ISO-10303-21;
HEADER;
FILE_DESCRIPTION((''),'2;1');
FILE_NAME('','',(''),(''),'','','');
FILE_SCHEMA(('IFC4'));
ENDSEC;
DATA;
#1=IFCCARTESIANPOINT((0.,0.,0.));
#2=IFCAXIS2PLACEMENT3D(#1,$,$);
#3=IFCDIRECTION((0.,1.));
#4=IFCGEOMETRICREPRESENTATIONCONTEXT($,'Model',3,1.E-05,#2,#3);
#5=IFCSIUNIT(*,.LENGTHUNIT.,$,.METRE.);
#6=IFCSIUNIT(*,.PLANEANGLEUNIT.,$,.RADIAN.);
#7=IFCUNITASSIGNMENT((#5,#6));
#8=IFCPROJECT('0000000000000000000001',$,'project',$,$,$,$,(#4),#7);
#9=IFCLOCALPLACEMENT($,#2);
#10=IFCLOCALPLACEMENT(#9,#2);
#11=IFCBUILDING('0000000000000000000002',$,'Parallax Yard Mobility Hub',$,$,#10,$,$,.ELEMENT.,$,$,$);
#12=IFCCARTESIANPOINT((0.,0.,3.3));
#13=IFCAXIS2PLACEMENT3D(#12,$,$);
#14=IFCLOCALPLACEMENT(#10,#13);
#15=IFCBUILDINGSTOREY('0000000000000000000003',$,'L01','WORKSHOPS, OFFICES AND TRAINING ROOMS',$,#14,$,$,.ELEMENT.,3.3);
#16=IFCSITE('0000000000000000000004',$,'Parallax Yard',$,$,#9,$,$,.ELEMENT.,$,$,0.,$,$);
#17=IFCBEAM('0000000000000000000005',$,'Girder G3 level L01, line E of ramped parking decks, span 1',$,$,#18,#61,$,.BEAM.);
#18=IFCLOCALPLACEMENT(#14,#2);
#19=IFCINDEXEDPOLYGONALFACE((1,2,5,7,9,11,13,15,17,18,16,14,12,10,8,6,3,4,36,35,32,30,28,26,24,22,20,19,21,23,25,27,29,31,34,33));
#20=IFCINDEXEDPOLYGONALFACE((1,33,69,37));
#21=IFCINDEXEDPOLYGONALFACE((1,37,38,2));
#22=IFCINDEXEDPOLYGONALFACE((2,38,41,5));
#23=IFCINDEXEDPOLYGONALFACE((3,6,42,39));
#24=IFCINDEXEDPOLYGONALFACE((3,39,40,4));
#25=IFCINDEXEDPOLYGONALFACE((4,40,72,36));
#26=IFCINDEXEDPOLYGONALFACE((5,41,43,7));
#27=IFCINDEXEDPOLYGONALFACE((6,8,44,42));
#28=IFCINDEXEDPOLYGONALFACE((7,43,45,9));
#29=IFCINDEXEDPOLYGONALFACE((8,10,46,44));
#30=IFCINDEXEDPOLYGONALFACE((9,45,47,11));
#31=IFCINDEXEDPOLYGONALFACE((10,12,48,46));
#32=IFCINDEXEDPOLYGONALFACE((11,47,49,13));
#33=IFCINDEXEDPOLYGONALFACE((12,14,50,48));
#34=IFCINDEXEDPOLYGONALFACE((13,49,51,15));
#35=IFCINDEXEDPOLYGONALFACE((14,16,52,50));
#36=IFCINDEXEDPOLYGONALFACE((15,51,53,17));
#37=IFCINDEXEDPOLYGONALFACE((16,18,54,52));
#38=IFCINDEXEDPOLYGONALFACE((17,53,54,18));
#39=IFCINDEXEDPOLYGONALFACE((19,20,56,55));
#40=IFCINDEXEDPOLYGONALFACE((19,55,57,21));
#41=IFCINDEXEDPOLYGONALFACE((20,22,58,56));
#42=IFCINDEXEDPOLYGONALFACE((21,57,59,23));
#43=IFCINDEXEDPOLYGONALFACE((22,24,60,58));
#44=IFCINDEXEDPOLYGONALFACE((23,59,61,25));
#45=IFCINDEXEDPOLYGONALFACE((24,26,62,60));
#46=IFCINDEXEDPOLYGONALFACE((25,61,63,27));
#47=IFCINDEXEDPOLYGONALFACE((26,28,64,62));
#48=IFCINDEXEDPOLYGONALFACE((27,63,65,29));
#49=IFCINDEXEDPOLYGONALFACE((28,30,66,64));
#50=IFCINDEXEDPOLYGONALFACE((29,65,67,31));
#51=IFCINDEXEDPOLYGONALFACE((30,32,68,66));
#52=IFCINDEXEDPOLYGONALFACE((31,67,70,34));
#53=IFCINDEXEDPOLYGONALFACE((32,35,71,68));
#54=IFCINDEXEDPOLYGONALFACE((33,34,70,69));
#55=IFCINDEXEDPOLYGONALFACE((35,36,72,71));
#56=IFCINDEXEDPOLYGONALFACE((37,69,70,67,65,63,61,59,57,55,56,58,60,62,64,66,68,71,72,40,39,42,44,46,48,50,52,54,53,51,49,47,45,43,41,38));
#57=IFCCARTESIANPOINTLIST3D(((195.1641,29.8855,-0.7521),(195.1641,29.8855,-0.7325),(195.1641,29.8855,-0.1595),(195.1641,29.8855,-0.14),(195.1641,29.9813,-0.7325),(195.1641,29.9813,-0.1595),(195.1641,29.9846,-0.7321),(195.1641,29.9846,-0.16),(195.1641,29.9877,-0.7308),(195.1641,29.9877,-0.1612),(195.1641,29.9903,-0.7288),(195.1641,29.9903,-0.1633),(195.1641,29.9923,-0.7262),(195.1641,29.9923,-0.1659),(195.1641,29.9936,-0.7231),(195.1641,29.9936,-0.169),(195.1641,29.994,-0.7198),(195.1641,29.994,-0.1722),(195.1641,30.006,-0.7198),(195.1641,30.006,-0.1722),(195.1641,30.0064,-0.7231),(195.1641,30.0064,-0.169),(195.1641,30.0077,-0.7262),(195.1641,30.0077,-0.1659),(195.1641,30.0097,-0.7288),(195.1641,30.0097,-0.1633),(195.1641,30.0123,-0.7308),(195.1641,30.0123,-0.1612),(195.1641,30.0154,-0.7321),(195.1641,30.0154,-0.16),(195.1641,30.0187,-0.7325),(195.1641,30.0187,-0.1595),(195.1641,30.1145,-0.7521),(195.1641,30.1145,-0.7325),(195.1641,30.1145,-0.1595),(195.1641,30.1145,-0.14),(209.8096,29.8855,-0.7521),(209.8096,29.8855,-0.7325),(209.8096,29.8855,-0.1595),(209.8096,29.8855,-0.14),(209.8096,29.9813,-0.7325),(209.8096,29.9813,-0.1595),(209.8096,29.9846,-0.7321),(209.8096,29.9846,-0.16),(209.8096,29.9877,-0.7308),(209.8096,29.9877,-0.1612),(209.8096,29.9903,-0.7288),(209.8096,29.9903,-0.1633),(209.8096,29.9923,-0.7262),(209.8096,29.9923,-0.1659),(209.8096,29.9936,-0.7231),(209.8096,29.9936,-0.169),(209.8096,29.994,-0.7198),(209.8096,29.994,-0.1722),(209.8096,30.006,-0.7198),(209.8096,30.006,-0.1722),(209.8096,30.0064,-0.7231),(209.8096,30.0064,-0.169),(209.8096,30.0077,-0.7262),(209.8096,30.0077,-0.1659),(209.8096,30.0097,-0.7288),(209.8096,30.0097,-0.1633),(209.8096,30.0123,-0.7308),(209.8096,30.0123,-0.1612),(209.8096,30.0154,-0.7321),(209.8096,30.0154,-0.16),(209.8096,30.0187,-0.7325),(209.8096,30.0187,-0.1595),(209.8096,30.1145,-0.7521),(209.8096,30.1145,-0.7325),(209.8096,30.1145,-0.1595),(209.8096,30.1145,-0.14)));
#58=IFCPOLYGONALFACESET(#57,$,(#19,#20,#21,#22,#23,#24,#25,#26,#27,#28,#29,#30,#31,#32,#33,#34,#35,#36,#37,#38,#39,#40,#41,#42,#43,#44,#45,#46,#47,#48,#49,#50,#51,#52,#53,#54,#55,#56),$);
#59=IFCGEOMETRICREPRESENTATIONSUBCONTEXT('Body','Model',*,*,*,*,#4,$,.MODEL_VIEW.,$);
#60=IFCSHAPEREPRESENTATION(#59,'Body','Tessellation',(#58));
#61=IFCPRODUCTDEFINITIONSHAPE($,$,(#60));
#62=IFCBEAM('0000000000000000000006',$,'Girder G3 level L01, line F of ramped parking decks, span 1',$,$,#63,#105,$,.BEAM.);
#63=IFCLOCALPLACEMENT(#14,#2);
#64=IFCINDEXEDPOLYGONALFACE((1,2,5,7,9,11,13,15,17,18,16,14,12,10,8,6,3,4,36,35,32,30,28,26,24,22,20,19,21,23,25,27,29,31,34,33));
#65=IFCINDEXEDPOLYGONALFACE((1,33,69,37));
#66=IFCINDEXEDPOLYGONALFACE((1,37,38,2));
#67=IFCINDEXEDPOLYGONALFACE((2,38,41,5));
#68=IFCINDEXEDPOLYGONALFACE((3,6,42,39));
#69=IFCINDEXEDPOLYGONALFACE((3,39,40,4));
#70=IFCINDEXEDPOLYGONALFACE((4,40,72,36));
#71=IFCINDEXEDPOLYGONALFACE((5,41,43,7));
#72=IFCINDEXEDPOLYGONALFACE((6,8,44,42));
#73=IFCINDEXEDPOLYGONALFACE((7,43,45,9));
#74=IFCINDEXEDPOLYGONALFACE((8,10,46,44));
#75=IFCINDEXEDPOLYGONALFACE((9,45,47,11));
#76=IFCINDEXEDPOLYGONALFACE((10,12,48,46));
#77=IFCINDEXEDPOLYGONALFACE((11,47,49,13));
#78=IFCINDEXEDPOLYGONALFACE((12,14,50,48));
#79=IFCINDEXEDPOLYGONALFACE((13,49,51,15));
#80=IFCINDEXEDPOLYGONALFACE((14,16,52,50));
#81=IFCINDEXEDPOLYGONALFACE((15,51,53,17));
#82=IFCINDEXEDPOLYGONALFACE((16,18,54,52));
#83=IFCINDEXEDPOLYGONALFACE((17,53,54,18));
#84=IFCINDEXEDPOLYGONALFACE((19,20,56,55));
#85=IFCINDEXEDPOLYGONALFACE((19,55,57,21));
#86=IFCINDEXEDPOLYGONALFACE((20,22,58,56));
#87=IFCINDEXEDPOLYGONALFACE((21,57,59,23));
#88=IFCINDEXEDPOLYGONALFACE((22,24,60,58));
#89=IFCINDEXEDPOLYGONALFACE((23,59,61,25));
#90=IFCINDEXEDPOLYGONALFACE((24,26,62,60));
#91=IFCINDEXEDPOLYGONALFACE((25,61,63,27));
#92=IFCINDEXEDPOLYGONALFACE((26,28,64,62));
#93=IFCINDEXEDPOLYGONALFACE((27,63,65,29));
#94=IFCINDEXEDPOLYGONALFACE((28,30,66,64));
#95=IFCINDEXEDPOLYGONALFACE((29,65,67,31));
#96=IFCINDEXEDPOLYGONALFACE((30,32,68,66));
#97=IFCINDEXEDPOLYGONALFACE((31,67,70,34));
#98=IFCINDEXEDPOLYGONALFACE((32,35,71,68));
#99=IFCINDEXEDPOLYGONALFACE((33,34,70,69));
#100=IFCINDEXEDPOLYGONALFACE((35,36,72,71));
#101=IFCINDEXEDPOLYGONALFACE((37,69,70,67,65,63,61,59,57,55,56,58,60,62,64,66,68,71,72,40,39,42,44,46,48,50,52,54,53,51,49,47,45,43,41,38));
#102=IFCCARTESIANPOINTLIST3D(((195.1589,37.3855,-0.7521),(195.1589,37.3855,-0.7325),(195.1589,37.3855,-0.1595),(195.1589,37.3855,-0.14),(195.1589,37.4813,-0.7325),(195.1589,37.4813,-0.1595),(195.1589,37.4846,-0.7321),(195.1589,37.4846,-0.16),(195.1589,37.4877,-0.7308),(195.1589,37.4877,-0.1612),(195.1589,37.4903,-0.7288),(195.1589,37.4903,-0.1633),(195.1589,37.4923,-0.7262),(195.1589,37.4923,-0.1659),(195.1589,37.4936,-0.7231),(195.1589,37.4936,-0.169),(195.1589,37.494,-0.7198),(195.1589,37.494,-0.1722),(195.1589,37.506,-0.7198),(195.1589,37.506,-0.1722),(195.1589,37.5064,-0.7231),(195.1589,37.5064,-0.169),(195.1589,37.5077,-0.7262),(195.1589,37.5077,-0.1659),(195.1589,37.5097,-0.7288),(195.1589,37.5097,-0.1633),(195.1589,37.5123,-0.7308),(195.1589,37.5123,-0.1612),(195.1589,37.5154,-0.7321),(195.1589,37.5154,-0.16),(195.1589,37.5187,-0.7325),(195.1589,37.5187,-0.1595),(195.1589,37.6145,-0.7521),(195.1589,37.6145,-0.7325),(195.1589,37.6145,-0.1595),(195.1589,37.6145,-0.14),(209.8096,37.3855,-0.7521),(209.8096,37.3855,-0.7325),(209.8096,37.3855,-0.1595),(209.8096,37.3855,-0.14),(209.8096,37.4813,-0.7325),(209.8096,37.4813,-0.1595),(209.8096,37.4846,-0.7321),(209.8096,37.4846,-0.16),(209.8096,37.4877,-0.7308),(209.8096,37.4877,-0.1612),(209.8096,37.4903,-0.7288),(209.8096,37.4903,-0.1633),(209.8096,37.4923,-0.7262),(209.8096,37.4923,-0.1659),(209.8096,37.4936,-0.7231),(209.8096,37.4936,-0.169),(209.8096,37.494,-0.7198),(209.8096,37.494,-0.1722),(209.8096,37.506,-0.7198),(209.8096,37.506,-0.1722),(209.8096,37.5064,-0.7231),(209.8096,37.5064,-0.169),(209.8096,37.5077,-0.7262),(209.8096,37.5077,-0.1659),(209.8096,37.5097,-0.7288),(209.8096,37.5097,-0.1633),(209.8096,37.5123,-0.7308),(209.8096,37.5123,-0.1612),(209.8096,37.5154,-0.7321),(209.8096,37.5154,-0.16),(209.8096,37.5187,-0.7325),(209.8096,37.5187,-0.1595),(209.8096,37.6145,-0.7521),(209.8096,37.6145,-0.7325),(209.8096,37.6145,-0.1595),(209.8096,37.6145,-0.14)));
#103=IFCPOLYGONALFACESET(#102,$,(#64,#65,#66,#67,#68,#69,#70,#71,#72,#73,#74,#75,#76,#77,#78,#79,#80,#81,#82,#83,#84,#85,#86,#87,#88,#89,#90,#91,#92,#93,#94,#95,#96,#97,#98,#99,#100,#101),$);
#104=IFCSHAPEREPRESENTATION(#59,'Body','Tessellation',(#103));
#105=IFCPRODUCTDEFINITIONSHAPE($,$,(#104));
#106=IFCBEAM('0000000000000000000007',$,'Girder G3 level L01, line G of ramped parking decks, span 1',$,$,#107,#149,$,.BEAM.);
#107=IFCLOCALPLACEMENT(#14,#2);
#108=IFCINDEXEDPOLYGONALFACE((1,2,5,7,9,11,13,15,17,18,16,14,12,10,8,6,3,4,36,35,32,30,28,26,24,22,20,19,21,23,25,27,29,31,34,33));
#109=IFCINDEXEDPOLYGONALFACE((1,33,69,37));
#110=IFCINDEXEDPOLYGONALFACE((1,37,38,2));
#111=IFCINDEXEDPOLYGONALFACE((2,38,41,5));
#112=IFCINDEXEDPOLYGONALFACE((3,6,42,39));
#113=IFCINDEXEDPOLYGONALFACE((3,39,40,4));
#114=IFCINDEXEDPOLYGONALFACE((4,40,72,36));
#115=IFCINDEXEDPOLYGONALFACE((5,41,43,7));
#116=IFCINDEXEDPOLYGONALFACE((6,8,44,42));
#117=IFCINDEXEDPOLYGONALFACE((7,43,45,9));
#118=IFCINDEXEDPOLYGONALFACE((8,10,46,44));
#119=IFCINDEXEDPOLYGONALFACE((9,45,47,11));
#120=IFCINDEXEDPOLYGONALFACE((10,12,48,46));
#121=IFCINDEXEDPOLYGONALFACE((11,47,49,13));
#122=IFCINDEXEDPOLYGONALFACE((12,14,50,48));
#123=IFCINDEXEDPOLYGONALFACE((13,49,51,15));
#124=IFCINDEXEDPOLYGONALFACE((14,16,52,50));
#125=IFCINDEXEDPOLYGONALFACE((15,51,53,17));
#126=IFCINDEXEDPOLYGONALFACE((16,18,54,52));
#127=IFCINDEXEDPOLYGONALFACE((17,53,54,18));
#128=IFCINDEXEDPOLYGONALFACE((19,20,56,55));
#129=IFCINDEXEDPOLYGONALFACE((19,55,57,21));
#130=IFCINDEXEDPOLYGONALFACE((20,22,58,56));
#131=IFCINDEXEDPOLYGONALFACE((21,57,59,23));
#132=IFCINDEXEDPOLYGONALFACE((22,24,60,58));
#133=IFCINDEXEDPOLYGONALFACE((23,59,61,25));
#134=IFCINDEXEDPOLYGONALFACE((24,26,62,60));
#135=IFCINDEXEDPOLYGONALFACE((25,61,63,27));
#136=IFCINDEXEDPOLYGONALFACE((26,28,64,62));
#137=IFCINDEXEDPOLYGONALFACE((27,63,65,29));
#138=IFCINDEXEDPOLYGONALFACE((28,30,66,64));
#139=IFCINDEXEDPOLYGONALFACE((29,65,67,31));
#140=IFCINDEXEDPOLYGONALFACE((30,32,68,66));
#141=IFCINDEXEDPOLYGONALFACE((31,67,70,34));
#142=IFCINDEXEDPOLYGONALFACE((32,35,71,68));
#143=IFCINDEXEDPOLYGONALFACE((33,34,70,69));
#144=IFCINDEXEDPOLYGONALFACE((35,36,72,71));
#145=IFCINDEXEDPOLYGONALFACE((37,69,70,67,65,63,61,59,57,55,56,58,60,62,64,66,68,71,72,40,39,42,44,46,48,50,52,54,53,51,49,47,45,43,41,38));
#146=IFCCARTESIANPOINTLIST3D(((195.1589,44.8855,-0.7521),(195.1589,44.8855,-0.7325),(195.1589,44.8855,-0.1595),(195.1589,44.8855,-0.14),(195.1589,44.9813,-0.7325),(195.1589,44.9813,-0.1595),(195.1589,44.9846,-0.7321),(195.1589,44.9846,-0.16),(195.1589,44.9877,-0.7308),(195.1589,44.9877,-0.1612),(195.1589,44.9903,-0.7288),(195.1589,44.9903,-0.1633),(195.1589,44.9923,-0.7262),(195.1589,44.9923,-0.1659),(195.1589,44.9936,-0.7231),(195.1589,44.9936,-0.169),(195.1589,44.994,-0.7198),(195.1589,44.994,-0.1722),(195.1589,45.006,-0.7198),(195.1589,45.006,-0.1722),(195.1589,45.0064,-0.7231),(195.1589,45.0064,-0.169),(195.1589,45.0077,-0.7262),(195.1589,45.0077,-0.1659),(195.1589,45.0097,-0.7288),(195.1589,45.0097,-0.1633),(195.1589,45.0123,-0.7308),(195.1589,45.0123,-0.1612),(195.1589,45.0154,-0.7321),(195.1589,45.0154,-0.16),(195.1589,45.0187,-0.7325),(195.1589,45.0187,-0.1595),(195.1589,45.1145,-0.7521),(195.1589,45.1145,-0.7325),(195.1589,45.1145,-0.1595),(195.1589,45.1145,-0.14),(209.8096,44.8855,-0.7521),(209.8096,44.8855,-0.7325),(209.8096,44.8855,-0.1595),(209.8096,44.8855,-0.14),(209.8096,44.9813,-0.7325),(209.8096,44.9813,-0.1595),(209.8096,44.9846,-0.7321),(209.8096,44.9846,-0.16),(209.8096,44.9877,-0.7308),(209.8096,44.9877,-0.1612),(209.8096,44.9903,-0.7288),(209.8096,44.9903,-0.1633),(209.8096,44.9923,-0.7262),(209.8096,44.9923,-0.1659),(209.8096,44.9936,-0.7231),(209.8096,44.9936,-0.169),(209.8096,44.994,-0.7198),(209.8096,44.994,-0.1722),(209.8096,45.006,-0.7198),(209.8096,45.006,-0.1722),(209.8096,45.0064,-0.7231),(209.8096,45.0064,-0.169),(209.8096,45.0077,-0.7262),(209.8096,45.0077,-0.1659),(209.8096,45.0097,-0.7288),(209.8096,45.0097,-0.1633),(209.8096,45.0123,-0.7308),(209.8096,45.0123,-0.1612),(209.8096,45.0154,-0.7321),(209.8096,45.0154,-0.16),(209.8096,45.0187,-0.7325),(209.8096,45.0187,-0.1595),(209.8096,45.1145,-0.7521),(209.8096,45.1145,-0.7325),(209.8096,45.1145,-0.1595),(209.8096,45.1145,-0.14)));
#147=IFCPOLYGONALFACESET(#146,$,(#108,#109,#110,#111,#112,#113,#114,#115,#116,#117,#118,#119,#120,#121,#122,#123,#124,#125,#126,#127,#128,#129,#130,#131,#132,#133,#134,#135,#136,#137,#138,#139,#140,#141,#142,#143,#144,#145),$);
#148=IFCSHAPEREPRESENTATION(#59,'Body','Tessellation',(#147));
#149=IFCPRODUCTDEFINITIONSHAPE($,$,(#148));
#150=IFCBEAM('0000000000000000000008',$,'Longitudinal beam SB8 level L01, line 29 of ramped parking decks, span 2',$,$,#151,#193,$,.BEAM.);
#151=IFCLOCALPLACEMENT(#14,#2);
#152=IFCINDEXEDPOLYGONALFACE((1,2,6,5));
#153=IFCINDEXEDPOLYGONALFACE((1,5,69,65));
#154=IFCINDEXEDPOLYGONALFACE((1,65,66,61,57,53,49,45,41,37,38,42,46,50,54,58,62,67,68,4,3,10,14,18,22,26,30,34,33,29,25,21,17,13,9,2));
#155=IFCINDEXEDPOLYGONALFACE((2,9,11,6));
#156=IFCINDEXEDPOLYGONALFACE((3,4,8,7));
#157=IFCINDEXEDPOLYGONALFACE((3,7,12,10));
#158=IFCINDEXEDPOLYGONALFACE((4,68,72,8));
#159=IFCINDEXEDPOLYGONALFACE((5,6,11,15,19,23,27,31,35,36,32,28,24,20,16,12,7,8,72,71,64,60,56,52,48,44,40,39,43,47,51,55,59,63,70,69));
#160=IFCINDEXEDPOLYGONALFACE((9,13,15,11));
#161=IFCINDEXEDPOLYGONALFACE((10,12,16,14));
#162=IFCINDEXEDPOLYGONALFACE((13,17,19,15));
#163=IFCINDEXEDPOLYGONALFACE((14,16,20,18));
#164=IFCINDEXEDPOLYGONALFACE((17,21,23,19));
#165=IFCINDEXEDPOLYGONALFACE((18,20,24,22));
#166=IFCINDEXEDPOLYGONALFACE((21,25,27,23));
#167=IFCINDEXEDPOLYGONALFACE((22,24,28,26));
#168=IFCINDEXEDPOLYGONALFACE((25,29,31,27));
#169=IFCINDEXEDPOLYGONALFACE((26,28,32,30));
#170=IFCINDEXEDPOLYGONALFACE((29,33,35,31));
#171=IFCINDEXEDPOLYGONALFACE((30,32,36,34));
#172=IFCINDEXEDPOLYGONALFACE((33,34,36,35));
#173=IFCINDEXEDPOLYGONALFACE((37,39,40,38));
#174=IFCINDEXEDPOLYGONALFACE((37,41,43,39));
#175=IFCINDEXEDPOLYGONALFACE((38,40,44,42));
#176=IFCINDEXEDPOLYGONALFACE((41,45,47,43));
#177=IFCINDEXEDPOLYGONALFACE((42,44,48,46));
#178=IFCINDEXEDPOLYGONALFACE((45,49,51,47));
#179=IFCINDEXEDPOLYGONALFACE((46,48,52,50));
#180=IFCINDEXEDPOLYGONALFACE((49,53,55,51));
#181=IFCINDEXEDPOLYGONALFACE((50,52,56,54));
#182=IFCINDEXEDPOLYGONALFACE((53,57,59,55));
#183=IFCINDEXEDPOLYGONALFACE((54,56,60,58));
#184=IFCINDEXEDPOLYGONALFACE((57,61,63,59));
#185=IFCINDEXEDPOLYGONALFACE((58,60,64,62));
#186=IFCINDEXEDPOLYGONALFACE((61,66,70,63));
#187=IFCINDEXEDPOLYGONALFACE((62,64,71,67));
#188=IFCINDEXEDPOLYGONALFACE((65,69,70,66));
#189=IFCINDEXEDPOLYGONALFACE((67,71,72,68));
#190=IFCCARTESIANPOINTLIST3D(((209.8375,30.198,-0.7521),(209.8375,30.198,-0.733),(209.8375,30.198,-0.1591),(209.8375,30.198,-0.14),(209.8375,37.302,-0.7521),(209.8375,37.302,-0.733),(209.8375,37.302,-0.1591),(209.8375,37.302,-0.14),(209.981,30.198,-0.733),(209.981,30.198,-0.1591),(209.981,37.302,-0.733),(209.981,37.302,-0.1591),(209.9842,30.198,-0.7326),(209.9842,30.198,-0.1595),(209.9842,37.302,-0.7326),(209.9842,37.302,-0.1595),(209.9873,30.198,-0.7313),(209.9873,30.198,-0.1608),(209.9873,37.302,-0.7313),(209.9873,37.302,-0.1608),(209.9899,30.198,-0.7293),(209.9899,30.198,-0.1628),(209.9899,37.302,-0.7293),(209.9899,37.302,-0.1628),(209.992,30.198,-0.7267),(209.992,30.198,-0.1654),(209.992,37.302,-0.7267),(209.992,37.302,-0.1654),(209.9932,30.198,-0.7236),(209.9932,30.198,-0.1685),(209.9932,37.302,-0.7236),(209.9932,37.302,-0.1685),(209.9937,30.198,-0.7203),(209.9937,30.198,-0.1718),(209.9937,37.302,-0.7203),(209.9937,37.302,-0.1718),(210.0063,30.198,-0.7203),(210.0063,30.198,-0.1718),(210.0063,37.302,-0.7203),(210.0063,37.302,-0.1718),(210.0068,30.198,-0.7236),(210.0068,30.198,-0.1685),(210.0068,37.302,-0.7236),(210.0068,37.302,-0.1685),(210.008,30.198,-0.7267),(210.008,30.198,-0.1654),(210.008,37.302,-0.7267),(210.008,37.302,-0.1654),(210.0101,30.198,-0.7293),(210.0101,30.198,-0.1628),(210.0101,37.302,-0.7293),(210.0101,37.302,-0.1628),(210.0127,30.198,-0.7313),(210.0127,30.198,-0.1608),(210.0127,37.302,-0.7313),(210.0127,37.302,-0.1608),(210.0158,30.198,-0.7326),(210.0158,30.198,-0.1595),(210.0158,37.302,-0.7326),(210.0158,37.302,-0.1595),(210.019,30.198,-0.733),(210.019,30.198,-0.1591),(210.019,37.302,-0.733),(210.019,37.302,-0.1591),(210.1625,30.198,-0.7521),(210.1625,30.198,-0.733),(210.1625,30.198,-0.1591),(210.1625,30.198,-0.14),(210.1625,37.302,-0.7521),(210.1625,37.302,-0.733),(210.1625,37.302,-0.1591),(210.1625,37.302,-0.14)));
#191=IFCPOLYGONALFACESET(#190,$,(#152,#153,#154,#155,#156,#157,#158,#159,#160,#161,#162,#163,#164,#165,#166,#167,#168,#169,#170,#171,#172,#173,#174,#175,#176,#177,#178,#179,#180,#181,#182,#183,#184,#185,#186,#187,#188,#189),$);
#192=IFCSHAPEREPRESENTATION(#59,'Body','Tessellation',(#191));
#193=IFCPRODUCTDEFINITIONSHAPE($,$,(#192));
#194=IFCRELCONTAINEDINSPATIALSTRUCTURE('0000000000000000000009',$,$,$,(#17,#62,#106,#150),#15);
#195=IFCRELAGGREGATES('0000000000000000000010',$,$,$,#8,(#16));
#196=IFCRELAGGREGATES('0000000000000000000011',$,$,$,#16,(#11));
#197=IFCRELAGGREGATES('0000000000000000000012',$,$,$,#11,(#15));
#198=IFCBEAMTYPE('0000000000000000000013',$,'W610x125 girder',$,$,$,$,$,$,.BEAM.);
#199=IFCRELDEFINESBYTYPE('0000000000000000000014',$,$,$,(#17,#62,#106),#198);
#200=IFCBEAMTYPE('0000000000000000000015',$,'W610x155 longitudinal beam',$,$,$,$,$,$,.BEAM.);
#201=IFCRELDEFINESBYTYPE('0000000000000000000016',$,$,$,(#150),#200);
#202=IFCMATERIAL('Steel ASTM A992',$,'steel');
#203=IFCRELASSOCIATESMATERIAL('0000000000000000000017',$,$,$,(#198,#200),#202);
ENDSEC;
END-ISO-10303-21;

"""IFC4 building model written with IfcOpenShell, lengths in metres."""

from ifc_helpers import new_model, si_unit, direction, frame, origin, origin_2d, place, context, subcontext, project, spatial, i_section, extrude, material, material_profile, profile_set, type_object, element, save


model = new_model("IFC4")

# Units and contexts
model_context = context("Model", 3, precision=1e-05, world=origin(), true_north=direction((0.0, 1.0)))
body_context = subcontext(model_context, "Body", "Model", "MODEL_VIEW")
ifc_project = project(units=[si_unit("LENGTHUNIT", "METRE"), si_unit("PLANEANGLEUNIT", "RADIAN")], contexts=[model_context])

# Site, building, storey
site_placement = place(None, origin())
site = spatial("IfcSite", under=ifc_project, at=site_placement, Name="Parallax Yard", CompositionType="ELEMENT", RefElevation=0.0)
building_placement = place(site_placement, origin())
building = spatial("IfcBuilding", under=site, at=building_placement, Name="Parallax Yard Mobility Hub", CompositionType="ELEMENT")
storey_placement = place(building_placement, frame((0.0, 0.0, 3.3)))
storey = spatial("IfcBuildingStorey", under=building, at=storey_placement, Name="L01", Description="WORKSHOPS, OFFICES AND TRAINING ROOMS", CompositionType="ELEMENT", Elevation=3.3)

# Shared definitions
ifc_material_1 = material(Name="Steel ASTM A992", Category="steel")

# Beams
ifc_material_profile_1 = material_profile(ifc_material_1, i_section(OverallWidth=0.229, OverallDepth=0.6121, WebThickness=0.012, FlangeThickness=0.0195, FilletRadius=0.0127, at=origin_2d()), Name="W610x125")
ifc_profile_set_1 = profile_set([ifc_material_profile_1], Name="Steel ASTM A992")
beam_type_1 = type_object("IfcBeamType", Name="W610x125 girder", PredefinedType="BEAM", material=ifc_profile_set_1)
beam_1_placement = place(storey_placement, frame((195.1641, 30.0, -0.446), z_axis=(1.0, 0.0, 0.0), x_axis=(0.0, 1.0, 0.0)))
element("IfcBeam", 1, at=beam_1_placement, inside=storey, type_object=beam_type_1, Name="Girder G3 level L01, line E of ramped parking decks, span 1", PredefinedType="BEAM", context=body_context, shape_type="SweptSolid", body=[
    extrude(i_section(OverallWidth=0.229, OverallDepth=0.6121, WebThickness=0.012, FlangeThickness=0.0195, FilletRadius=0.0127, at=origin_2d()), origin(), (0.0, 0.0, 1.0), 14.6455),
])
for number, where, z_axis, x_axis, name in (
    (2, (195.1589, 37.5, -0.446), (1.0, 0.0, 0.0), (0.0, 1.0, 0.0), "Girder G3 level L01, line F of ramped parking decks, span 1"),
    (3, (195.1589, 45.0, -0.446), (1.0, 0.0, 0.0), (0.0, 1.0, 0.0), "Girder G3 level L01, line G of ramped parking decks, span 1"),
):
    element("IfcBeam", number, at=place(storey_placement, frame(where, z_axis=z_axis, x_axis=x_axis)), inside=storey, type_object=beam_type_1, Name=name, PredefinedType="BEAM", context=body_context, shape_type="SweptSolid", body=[
        extrude(i_section(OverallWidth=0.229, OverallDepth=0.6121, WebThickness=0.012, FlangeThickness=0.0195, FilletRadius=0.0127, at=origin_2d()), origin(), (0.0, 0.0, 1.0), 14.6506),
    ])
ifc_material_profile_2 = material_profile(ifc_material_1, i_section(OverallWidth=0.325, OverallDepth=0.6121, WebThickness=0.0127, FlangeThickness=0.019, FilletRadius=0.0127, at=origin_2d()), Name="W610x155")
ifc_profile_set_2 = profile_set([ifc_material_profile_2], Name="Steel ASTM A992")
beam_type_2 = type_object("IfcBeamType", Name="W610x155 longitudinal beam", PredefinedType="BEAM", material=ifc_profile_set_2)
for number, where, z_axis, x_axis, name in (
    (4, (210.0, 30.198, -0.446), (0.0, 1.0, 0.0), (-1.0, 0.0, 0.0), "Longitudinal beam SB8 level L01, line 29 of ramped parking decks, span 2"),
):
    element("IfcBeam", number, at=place(storey_placement, frame(where, z_axis=z_axis, x_axis=x_axis)), inside=storey, type_object=beam_type_2, Name=name, PredefinedType="BEAM", context=body_context, shape_type="SweptSolid", body=[
        extrude(i_section(OverallWidth=0.325, OverallDepth=0.6121, WebThickness=0.0127, FlangeThickness=0.019, FilletRadius=0.0127, at=origin_2d()), origin(), (0.0, 0.0, 1.0), 7.104),
    ])

save(model, "model.ifc")
